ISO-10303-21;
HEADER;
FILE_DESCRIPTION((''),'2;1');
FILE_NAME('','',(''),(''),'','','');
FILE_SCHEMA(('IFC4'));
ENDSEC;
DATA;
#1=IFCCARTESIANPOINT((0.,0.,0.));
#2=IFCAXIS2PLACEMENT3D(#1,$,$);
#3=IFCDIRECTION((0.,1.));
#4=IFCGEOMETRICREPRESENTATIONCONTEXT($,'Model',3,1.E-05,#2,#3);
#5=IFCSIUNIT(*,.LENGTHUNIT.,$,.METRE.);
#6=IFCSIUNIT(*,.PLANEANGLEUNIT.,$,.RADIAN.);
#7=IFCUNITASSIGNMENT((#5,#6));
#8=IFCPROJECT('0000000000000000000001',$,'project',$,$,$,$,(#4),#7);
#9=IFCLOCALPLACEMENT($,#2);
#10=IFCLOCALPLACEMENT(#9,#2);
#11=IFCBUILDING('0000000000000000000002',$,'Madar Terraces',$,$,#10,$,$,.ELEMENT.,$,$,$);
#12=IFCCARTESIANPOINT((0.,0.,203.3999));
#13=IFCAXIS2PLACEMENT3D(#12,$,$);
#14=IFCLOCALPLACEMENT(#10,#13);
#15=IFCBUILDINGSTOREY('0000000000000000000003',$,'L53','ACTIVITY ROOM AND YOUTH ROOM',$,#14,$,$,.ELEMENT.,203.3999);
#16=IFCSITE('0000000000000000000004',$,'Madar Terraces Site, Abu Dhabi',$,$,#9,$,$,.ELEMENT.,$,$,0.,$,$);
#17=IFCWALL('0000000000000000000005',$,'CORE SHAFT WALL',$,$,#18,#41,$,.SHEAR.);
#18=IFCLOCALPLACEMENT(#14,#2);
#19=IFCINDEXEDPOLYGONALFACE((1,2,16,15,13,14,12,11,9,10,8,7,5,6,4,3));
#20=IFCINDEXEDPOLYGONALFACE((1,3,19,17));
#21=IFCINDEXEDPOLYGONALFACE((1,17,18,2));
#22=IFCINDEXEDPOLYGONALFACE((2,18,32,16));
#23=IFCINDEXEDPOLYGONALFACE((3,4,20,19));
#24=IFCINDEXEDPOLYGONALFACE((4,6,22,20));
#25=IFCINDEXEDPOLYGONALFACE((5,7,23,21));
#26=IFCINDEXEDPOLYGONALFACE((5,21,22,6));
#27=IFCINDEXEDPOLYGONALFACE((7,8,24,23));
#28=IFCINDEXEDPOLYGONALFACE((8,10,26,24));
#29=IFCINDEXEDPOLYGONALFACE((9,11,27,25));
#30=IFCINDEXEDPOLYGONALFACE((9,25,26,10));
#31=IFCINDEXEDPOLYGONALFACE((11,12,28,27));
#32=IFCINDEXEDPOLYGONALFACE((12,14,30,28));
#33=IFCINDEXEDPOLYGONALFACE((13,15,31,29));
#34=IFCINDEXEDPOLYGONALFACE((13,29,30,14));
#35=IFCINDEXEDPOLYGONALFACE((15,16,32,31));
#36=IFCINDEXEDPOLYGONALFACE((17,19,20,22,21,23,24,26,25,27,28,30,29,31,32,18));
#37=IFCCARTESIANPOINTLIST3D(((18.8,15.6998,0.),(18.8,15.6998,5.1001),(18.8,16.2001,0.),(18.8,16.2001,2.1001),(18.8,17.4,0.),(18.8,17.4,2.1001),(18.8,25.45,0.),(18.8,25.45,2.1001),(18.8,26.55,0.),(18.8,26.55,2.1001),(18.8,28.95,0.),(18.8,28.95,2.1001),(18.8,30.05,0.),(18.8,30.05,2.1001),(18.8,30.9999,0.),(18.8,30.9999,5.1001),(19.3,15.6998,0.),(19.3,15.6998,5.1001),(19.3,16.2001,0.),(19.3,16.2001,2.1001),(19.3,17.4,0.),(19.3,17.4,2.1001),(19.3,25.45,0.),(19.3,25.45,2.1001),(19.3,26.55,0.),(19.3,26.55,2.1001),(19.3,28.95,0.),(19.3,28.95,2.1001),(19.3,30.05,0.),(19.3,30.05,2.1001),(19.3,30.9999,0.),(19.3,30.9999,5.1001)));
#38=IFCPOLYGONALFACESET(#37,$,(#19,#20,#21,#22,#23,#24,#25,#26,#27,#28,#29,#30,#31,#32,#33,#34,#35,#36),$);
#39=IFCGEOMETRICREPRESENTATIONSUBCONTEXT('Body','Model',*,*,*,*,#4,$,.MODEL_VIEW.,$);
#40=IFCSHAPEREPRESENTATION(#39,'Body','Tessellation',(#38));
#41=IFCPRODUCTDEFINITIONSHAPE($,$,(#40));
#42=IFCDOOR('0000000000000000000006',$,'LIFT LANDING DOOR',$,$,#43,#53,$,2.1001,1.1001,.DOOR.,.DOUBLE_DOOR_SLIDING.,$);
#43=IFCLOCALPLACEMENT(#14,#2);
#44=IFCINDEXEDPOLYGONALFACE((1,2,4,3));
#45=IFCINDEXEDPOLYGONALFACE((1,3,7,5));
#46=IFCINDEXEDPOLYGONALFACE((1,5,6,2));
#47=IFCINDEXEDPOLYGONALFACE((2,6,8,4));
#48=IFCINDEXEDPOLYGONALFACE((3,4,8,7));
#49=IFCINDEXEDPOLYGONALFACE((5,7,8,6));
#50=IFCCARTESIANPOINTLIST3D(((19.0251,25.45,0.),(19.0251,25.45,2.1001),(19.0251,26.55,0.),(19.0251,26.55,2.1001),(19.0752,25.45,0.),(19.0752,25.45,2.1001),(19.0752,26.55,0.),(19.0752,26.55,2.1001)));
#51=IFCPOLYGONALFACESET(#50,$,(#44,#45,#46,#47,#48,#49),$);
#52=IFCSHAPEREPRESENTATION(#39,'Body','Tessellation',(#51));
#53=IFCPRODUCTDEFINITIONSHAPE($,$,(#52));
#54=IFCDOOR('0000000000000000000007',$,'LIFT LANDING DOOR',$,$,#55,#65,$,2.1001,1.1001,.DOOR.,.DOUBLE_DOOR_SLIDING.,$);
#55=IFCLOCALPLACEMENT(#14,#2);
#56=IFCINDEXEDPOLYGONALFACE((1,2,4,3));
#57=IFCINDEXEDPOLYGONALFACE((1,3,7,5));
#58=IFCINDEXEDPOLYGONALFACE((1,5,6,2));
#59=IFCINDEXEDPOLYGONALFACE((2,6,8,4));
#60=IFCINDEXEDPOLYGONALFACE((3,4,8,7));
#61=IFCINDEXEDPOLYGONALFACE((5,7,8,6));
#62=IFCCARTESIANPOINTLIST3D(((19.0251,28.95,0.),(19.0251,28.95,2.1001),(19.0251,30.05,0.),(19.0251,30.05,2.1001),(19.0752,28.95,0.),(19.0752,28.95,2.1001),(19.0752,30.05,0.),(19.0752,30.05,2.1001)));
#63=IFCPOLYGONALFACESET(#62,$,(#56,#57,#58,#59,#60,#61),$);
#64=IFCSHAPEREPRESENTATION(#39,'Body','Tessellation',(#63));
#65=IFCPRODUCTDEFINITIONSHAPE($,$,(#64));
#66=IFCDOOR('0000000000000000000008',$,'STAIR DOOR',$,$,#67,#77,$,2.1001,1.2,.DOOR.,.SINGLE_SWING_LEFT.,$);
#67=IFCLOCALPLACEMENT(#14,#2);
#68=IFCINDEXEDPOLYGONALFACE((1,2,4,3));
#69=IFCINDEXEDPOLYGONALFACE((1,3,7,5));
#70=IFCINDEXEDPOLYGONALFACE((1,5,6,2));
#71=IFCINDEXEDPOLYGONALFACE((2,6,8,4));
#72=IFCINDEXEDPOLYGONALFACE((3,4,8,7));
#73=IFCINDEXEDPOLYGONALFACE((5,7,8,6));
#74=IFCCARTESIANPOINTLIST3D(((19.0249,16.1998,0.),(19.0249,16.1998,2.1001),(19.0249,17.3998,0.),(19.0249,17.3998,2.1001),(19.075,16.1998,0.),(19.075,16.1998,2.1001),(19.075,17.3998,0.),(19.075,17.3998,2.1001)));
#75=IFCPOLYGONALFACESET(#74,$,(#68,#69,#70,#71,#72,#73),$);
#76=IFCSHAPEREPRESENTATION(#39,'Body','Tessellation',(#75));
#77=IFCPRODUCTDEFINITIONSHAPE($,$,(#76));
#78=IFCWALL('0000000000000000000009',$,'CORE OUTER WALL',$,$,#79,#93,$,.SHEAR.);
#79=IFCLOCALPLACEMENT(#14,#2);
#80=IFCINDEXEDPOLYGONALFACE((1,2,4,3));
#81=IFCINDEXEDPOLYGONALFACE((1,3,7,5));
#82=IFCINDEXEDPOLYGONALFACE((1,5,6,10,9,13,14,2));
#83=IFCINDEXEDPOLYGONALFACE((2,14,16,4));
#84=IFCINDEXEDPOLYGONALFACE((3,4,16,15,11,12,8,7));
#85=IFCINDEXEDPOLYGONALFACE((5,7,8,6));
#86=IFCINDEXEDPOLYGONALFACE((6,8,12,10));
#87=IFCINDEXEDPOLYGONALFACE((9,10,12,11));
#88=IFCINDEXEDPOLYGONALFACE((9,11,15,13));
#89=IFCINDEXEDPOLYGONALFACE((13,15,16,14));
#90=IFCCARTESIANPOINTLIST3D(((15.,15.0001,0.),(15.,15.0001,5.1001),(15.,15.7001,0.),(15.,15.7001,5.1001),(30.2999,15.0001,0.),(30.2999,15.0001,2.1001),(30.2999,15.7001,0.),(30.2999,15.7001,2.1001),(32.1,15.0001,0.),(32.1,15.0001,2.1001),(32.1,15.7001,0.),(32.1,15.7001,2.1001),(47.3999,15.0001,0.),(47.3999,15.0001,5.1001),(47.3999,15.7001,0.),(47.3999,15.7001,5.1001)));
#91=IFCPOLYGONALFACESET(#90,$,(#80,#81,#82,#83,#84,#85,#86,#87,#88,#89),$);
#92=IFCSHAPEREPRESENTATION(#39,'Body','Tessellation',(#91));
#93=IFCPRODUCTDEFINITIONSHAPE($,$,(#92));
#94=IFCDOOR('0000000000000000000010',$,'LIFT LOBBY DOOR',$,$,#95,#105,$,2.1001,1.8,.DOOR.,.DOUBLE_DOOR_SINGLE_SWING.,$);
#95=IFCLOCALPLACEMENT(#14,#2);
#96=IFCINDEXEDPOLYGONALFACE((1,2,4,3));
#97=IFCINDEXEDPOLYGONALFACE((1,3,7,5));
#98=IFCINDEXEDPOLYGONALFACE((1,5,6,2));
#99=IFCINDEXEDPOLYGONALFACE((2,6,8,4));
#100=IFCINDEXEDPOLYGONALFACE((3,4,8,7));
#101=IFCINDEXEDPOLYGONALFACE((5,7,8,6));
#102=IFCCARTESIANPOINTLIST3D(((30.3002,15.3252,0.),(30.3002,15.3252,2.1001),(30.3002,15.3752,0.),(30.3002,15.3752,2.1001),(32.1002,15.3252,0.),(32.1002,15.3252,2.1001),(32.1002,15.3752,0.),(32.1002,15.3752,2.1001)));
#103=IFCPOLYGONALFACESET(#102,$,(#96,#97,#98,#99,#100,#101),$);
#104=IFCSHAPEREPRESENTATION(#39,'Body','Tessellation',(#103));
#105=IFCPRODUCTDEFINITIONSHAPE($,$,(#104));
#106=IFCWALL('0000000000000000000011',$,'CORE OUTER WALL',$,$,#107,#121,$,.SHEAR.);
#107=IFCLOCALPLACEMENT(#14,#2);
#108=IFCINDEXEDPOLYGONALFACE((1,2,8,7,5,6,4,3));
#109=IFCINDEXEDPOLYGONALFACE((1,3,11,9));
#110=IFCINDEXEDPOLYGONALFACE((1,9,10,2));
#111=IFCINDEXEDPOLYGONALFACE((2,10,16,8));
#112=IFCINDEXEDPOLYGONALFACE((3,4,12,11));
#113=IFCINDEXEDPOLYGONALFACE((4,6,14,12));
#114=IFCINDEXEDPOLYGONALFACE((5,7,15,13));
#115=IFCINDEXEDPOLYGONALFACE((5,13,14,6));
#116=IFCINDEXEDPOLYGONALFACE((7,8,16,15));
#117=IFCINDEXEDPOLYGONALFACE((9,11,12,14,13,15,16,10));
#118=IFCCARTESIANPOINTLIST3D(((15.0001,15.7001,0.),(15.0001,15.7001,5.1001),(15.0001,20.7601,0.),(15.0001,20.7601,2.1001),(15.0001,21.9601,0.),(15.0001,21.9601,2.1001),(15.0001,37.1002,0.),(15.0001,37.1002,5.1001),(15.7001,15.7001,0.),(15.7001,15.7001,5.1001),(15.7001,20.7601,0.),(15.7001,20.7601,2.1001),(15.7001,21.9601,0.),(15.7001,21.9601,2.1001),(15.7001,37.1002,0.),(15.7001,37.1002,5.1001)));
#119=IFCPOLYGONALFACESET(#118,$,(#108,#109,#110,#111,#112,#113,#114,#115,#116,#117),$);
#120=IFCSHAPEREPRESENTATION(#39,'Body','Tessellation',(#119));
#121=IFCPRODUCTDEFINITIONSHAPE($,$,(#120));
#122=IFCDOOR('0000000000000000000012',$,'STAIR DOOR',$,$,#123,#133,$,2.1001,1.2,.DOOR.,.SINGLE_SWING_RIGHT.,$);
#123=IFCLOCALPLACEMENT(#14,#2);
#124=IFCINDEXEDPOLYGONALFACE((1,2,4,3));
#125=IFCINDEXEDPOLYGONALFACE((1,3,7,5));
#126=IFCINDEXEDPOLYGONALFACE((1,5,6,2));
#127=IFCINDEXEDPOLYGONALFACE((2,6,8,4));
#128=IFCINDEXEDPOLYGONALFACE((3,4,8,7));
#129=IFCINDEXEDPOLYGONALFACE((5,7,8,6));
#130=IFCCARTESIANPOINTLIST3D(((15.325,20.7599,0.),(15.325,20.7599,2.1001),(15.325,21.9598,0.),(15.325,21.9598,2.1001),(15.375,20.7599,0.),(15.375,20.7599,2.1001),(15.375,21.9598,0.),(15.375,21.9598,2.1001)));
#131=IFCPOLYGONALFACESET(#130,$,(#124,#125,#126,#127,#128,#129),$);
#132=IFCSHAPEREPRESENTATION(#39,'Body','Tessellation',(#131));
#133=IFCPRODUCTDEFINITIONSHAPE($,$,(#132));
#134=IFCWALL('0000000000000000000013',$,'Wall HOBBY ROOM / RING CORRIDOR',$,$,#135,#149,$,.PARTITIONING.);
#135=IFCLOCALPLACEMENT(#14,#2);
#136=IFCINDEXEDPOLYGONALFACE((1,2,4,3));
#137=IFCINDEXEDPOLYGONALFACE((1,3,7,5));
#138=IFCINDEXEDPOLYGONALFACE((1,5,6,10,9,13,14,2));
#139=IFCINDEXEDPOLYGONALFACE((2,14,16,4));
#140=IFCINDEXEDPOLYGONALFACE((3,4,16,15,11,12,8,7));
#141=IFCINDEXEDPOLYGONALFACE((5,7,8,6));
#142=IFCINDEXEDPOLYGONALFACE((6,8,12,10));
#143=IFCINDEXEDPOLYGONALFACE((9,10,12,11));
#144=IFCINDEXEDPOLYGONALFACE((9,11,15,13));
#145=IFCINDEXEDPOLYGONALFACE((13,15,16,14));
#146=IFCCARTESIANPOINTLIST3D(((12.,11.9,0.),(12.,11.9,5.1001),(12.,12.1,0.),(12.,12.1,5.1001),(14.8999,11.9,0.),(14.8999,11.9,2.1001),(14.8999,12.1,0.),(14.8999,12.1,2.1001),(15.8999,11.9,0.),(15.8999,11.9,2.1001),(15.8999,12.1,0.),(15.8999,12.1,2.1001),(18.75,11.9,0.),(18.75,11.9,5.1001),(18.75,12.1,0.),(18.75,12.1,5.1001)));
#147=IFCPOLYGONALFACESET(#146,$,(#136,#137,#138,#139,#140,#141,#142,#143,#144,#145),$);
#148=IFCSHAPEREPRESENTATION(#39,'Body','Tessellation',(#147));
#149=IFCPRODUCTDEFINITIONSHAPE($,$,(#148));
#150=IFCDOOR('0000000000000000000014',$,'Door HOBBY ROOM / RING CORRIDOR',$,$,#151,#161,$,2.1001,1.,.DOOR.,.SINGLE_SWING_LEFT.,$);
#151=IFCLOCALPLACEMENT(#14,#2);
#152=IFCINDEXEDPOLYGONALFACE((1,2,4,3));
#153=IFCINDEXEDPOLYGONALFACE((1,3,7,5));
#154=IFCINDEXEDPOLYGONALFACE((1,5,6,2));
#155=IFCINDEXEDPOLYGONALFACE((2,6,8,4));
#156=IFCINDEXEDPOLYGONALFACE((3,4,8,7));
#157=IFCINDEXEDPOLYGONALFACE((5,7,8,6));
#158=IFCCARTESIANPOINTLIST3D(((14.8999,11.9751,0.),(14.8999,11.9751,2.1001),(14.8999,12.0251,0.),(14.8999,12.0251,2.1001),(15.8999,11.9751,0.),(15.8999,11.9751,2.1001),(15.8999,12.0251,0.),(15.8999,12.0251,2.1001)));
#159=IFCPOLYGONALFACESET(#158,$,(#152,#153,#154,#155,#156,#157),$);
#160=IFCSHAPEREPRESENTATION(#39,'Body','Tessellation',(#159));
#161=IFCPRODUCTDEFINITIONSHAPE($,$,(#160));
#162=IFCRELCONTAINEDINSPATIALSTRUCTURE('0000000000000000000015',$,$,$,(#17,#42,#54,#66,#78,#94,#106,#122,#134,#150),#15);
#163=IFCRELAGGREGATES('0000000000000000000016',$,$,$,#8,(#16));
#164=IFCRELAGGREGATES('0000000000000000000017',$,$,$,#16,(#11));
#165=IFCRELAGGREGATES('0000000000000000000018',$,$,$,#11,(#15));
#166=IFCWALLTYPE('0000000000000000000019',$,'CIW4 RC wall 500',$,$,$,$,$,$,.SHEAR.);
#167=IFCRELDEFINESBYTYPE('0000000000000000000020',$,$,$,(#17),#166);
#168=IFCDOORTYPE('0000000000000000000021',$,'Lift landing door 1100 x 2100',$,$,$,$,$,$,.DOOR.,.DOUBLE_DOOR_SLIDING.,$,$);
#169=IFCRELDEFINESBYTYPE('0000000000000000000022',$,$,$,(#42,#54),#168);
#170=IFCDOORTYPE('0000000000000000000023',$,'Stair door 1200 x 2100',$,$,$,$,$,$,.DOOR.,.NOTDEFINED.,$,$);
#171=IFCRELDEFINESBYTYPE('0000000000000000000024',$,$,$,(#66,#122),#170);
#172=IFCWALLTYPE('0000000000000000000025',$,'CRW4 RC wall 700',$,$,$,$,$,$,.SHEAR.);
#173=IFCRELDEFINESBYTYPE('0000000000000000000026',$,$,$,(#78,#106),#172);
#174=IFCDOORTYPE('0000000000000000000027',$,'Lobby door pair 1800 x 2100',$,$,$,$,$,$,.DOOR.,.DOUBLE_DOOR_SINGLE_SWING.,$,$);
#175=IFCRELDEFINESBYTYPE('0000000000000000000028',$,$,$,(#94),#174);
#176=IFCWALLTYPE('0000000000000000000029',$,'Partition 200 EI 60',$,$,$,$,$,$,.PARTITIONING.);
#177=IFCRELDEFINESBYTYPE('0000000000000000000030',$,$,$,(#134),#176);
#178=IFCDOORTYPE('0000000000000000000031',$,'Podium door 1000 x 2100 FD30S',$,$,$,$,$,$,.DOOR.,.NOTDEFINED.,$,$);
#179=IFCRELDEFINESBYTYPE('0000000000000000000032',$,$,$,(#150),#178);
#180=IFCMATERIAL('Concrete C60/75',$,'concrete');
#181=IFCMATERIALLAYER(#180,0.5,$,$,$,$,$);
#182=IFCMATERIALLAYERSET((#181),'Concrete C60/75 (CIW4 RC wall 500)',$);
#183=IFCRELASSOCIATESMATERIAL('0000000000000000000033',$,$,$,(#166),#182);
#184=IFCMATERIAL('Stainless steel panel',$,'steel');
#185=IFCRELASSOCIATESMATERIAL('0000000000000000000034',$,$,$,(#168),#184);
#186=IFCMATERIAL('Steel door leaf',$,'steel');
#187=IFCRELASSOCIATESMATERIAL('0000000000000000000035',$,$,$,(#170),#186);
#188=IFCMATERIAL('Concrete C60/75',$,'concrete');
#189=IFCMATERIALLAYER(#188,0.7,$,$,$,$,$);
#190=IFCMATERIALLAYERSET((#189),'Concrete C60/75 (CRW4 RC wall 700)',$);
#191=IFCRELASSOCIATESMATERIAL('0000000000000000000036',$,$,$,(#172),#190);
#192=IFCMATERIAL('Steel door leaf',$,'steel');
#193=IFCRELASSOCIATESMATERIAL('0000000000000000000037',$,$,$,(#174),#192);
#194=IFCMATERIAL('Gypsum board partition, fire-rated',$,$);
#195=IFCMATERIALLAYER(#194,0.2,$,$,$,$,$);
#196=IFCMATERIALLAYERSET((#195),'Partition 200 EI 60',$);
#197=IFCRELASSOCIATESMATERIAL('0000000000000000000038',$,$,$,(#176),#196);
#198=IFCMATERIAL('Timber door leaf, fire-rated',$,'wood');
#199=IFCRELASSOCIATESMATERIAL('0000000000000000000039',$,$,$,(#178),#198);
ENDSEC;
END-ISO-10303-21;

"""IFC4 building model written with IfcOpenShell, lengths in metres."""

from ifc_helpers import new_model, si_unit, direction, frame, frame_2d, origin, place, context, subcontext, project, spatial, rectangle, extrude, material, layer, layer_set, type_object, element, fill, save


model = new_model("IFC4")

# Units and contexts
model_context = context("Model", 3, precision=1e-05, world=origin(), true_north=direction((0.0, 1.0)))
body_context = subcontext(model_context, "Body", "Model", "MODEL_VIEW")
ifc_project = project(units=[si_unit("LENGTHUNIT", "METRE"), si_unit("PLANEANGLEUNIT", "RADIAN")], contexts=[model_context])

# Site, building, storey
site_placement = place(None, origin())
site = spatial("IfcSite", under=ifc_project, at=site_placement, Name="Madar Terraces Site, Abu Dhabi", CompositionType="ELEMENT", RefElevation=0.0)
building_placement = place(site_placement, origin())
building = spatial("IfcBuilding", under=site, at=building_placement, Name="Madar Terraces", CompositionType="ELEMENT")
storey_placement = place(building_placement, frame((0.0, 0.0, 203.3999)))
storey = spatial("IfcBuildingStorey", under=building, at=storey_placement, Name="L53", Description="ACTIVITY ROOM AND YOUTH ROOM", CompositionType="ELEMENT", Elevation=203.3999)

# Wall, openings, doors
ifc_material_1 = material(Name="Concrete C60/75", Category="concrete")
ifc_layer_1 = layer(ifc_material_1, 0.5)
ifc_layer_set_1 = layer_set([ifc_layer_1], Name="Concrete C60/75 (CIW4 RC wall 500)")
wall_type_1 = type_object("IfcWallType", Name="CIW4 RC wall 500", PredefinedType="SHEAR", material=ifc_layer_set_1)
wall_1_placement = place(storey_placement, frame((19.05, 15.7, 0.0), z_axis=(0.0, 0.0, 1.0), x_axis=(0.0, 1.0, 0.0)))
wall_1 = element("IfcWall", 1, at=wall_1_placement, inside=storey, type_object=wall_type_1, Name="CORE SHAFT WALL", PredefinedType="SHEAR", context=body_context, shape_type="SweptSolid", body=[
    extrude(rectangle(XDim=15.3, YDim=0.5, at=frame_2d((7.6499, 0.0))), origin(), (0.0, 0.0, 1.0), 5.1001),
])
opening_1_placement = place(wall_1_placement, frame((9.75, 0.0, 0.0)))
opening_1 = element("IfcOpeningElement", 2, at=opening_1_placement, cuts=wall_1, PredefinedType="OPENING", context=body_context, shape_type="SweptSolid", body=[
    extrude(rectangle(XDim=1.1001, YDim=2.1001, at=frame_2d((0.55, 1.05))), frame((0.0, 0.26, 0.0), z_axis=(0.0, -1.0, 0.0), x_axis=(1.0, 0.0, 0.0)), (0.0, 0.0, 1.0), 0.52),
])
opening_2_placement = place(wall_1_placement, frame((13.25, 0.0, 0.0)))
opening_2 = element("IfcOpeningElement", 3, at=opening_2_placement, cuts=wall_1, PredefinedType="OPENING", context=body_context, shape_type="SweptSolid", body=[
    extrude(rectangle(XDim=1.1001, YDim=2.1001, at=frame_2d((0.55, 1.05))), frame((0.0, 0.26, 0.0), z_axis=(0.0, -1.0, 0.0), x_axis=(1.0, 0.0, 0.0)), (0.0, 0.0, 1.0), 0.52),
])
opening_3_placement = place(wall_1_placement, frame((0.5, 0.0, 0.0)))
opening_3 = element("IfcOpeningElement", 4, at=opening_3_placement, cuts=wall_1, PredefinedType="OPENING", context=body_context, shape_type="SweptSolid", body=[
    extrude(rectangle(XDim=1.2, YDim=2.1001, at=frame_2d((0.6001, 1.05))), frame((0.0, 0.26, 0.0), z_axis=(0.0, -1.0, 0.0), x_axis=(1.0, 0.0, 0.0)), (0.0, 0.0, 1.0), 0.52),
])
ifc_material_2 = material(Name="Stainless steel panel", Category="steel")
door_type_1 = type_object("IfcDoorType", Name="Lift landing door 1100 x 2100", OperationType="DOUBLE_DOOR_SLIDING", PredefinedType="DOOR", material=ifc_material_2)
door_1_placement = place(opening_1_placement, origin())
door_1 = element("IfcDoor", 5, at=door_1_placement, inside=storey, type_object=door_type_1, Name="LIFT LANDING DOOR", OperationType="DOUBLE_DOOR_SLIDING", OverallHeight=2.1001, OverallWidth=1.1001, PredefinedType="DOOR", context=body_context, shape_type="SweptSolid", body=[
    extrude(rectangle(XDim=1.1001, YDim=2.1001, at=frame_2d((0.55, 1.05))), frame((0.0, 0.0249, 0.0), z_axis=(0.0, -1.0, 0.0), x_axis=(1.0, 0.0, 0.0)), (0.0, 0.0, 1.0), 0.05),
])
fill(opening_1, door_1)
door_2_placement = place(opening_2_placement, origin())
door_2 = element("IfcDoor", 6, at=door_2_placement, inside=storey, type_object=door_type_1, Name="LIFT LANDING DOOR", OperationType="DOUBLE_DOOR_SLIDING", OverallHeight=2.1001, OverallWidth=1.1001, PredefinedType="DOOR", context=body_context, shape_type="SweptSolid", body=[
    extrude(rectangle(XDim=1.1001, YDim=2.1001, at=frame_2d((0.55, 1.05))), frame((0.0, 0.0249, 0.0), z_axis=(0.0, -1.0, 0.0), x_axis=(1.0, 0.0, 0.0)), (0.0, 0.0, 1.0), 0.05),
])
fill(opening_2, door_2)
ifc_material_3 = material(Name="Steel door leaf", Category="steel")
door_type_2 = type_object("IfcDoorType", Name="Stair door 1200 x 2100", OperationType="NOTDEFINED", PredefinedType="DOOR", material=ifc_material_3)
door_3_placement = place(opening_3_placement, frame((1.2, 0.0, 0.0), z_axis=(0.0, 0.0, 1.0), x_axis=(-1.0, 0.0, 0.0)))
door_3 = element("IfcDoor", 7, at=door_3_placement, inside=storey, type_object=door_type_2, Name="STAIR DOOR", OperationType="SINGLE_SWING_LEFT", OverallHeight=2.1001, OverallWidth=1.2, PredefinedType="DOOR", context=body_context, shape_type="SweptSolid", body=[
    extrude(rectangle(XDim=1.2, YDim=2.1001, at=frame_2d((0.6001, 1.05))), frame((0.0, 0.0249, 0.0), z_axis=(0.0, -1.0, 0.0), x_axis=(1.0, 0.0, 0.0)), (0.0, 0.0, 1.0), 0.05),
])
fill(opening_3, door_3)

# Walls, openings, doors
ifc_material_4 = material(Name="Concrete C60/75", Category="concrete")
ifc_layer_2 = layer(ifc_material_4, 0.7)
ifc_layer_set_2 = layer_set([ifc_layer_2], Name="Concrete C60/75 (CRW4 RC wall 700)")
wall_type_2 = type_object("IfcWallType", Name="CRW4 RC wall 700", PredefinedType="SHEAR", material=ifc_layer_set_2)
wall_2_placement = place(storey_placement, frame((15.0, 15.3501, 0.0), z_axis=(0.0, 0.0, 1.0), x_axis=(1.0, 0.0, 0.0)))
wall_2 = element("IfcWall", 8, at=wall_2_placement, inside=storey, type_object=wall_type_2, Name="CORE OUTER WALL", PredefinedType="SHEAR", context=body_context, shape_type="SweptSolid", body=[
    extrude(rectangle(XDim=32.3999, YDim=0.7, at=frame_2d((16.2, 0.0))), origin(), (0.0, 0.0, 1.0), 5.1001),
])
opening_4_placement = place(wall_2_placement, frame((15.3, 0.0, 0.0)))
opening_4 = element("IfcOpeningElement", 9, at=opening_4_placement, cuts=wall_2, PredefinedType="OPENING", context=body_context, shape_type="SweptSolid", body=[
    extrude(rectangle(XDim=1.8, YDim=2.1001, at=frame_2d((0.8999, 1.05))), frame((0.0, 0.3599, 0.0), z_axis=(0.0, -1.0, 0.0), x_axis=(1.0, 0.0, 0.0)), (0.0, 0.0, 1.0), 0.72),
])
ifc_material_5 = material(Name="Steel door leaf", Category="steel")
door_type_3 = type_object("IfcDoorType", Name="Lobby door pair 1800 x 2100", OperationType="DOUBLE_DOOR_SINGLE_SWING", PredefinedType="DOOR", material=ifc_material_5)
door_4_placement = place(opening_4_placement, frame((1.8, 0.0, 0.0), z_axis=(0.0, 0.0, 1.0), x_axis=(-1.0, 0.0, 0.0)))
door_4 = element("IfcDoor", 10, at=door_4_placement, inside=storey, type_object=door_type_3, Name="LIFT LOBBY DOOR", OperationType="DOUBLE_DOOR_SINGLE_SWING", OverallHeight=2.1001, OverallWidth=1.8, PredefinedType="DOOR", context=body_context, shape_type="SweptSolid", body=[
    extrude(rectangle(XDim=1.8, YDim=2.1001, at=frame_2d((0.8999, 1.05))), frame((0.0, 0.0249, 0.0), z_axis=(0.0, -1.0, 0.0), x_axis=(1.0, 0.0, 0.0)), (0.0, 0.0, 1.0), 0.05),
])
fill(opening_4, door_4)
wall_3_placement = place(storey_placement, frame((15.3501, 15.7, 0.0), z_axis=(0.0, 0.0, 1.0), x_axis=(0.0, 1.0, 0.0)))
wall_3 = element("IfcWall", 11, at=wall_3_placement, inside=storey, type_object=wall_type_2, Name="CORE OUTER WALL", PredefinedType="SHEAR", context=body_context, shape_type="SweptSolid", body=[
    extrude(rectangle(XDim=21.4001, YDim=0.7, at=frame_2d((10.7002, 0.0))), origin(), (0.0, 0.0, 1.0), 5.1001),
])
opening_5_placement = place(wall_3_placement, frame((5.0601, 0.0, 0.0)))
opening_5 = element("IfcOpeningElement", 12, at=opening_5_placement, cuts=wall_3, PredefinedType="OPENING", context=body_context, shape_type="SweptSolid", body=[
    extrude(rectangle(XDim=1.2, YDim=2.1001, at=frame_2d((0.6001, 1.05))), frame((0.0, 0.3599, 0.0), z_axis=(0.0, -1.0, 0.0), x_axis=(1.0, 0.0, 0.0)), (0.0, 0.0, 1.0), 0.72),
])
door_5_placement = place(opening_5_placement, frame((1.2, 0.0, 0.0), z_axis=(0.0, 0.0, 1.0), x_axis=(-1.0, 0.0, 0.0)))
door_5 = element("IfcDoor", 13, at=door_5_placement, inside=storey, type_object=door_type_2, Name="STAIR DOOR", OperationType="SINGLE_SWING_RIGHT", OverallHeight=2.1001, OverallWidth=1.2, PredefinedType="DOOR", context=body_context, shape_type="SweptSolid", body=[
    extrude(rectangle(XDim=1.2, YDim=2.1001, at=frame_2d((0.6001, 1.05))), frame((0.0, 0.0249, 0.0), z_axis=(0.0, -1.0, 0.0), x_axis=(1.0, 0.0, 0.0)), (0.0, 0.0, 1.0), 0.05),
])
fill(opening_5, door_5)
ifc_material_6 = material(Name="Gypsum board partition, fire-rated")
ifc_layer_3 = layer(ifc_material_6, 0.2)
ifc_layer_set_3 = layer_set([ifc_layer_3], Name="Partition 200 EI 60")
wall_type_3 = type_object("IfcWallType", Name="Partition 200 EI 60", PredefinedType="PARTITIONING", material=ifc_layer_set_3)
wall_4_placement = place(storey_placement, frame((18.75, 12.0, 0.0), z_axis=(0.0, 0.0, 1.0), x_axis=(-1.0, 0.0, 0.0)))
wall_4 = element("IfcWall", 14, at=wall_4_placement, inside=storey, type_object=wall_type_3, Name="Wall HOBBY ROOM / RING CORRIDOR", PredefinedType="PARTITIONING", context=body_context, shape_type="SweptSolid", body=[
    extrude(rectangle(XDim=6.75, YDim=0.2, at=frame_2d((3.375, 0.0))), origin(), (0.0, 0.0, 1.0), 5.1001),
])
opening_6_placement = place(wall_4_placement, frame((2.8501, 0.0, 0.0)))
opening_6 = element("IfcOpeningElement", 15, at=opening_6_placement, cuts=wall_4, PredefinedType="OPENING", context=body_context, shape_type="SweptSolid", body=[
    extrude(rectangle(XDim=1.0, YDim=2.1001, at=frame_2d((0.5, 1.05))), frame((0.0, 0.1099, 0.0), z_axis=(0.0, -1.0, 0.0), x_axis=(1.0, 0.0, 0.0)), (0.0, 0.0, 1.0), 0.22),
])
ifc_material_7 = material(Name="Timber door leaf, fire-rated", Category="wood")
door_type_4 = type_object("IfcDoorType", Name="Podium door 1000 x 2100 FD30S", OperationType="NOTDEFINED", PredefinedType="DOOR", material=ifc_material_7)
door_6_placement = place(opening_6_placement, origin())
door_6 = element("IfcDoor", 16, at=door_6_placement, inside=storey, type_object=door_type_4, Name="Door HOBBY ROOM / RING CORRIDOR", OperationType="SINGLE_SWING_LEFT", OverallHeight=2.1001, OverallWidth=1.0, PredefinedType="DOOR", context=body_context, shape_type="SweptSolid", body=[
    extrude(rectangle(XDim=1.0, YDim=2.1001, at=frame_2d((0.5, 1.05))), frame((0.0, 0.0249, 0.0), z_axis=(0.0, -1.0, 0.0), x_axis=(1.0, 0.0, 0.0)), (0.0, 0.0, 1.0), 0.05),
])
fill(opening_6, door_6)

save(model, "model.ifc")
